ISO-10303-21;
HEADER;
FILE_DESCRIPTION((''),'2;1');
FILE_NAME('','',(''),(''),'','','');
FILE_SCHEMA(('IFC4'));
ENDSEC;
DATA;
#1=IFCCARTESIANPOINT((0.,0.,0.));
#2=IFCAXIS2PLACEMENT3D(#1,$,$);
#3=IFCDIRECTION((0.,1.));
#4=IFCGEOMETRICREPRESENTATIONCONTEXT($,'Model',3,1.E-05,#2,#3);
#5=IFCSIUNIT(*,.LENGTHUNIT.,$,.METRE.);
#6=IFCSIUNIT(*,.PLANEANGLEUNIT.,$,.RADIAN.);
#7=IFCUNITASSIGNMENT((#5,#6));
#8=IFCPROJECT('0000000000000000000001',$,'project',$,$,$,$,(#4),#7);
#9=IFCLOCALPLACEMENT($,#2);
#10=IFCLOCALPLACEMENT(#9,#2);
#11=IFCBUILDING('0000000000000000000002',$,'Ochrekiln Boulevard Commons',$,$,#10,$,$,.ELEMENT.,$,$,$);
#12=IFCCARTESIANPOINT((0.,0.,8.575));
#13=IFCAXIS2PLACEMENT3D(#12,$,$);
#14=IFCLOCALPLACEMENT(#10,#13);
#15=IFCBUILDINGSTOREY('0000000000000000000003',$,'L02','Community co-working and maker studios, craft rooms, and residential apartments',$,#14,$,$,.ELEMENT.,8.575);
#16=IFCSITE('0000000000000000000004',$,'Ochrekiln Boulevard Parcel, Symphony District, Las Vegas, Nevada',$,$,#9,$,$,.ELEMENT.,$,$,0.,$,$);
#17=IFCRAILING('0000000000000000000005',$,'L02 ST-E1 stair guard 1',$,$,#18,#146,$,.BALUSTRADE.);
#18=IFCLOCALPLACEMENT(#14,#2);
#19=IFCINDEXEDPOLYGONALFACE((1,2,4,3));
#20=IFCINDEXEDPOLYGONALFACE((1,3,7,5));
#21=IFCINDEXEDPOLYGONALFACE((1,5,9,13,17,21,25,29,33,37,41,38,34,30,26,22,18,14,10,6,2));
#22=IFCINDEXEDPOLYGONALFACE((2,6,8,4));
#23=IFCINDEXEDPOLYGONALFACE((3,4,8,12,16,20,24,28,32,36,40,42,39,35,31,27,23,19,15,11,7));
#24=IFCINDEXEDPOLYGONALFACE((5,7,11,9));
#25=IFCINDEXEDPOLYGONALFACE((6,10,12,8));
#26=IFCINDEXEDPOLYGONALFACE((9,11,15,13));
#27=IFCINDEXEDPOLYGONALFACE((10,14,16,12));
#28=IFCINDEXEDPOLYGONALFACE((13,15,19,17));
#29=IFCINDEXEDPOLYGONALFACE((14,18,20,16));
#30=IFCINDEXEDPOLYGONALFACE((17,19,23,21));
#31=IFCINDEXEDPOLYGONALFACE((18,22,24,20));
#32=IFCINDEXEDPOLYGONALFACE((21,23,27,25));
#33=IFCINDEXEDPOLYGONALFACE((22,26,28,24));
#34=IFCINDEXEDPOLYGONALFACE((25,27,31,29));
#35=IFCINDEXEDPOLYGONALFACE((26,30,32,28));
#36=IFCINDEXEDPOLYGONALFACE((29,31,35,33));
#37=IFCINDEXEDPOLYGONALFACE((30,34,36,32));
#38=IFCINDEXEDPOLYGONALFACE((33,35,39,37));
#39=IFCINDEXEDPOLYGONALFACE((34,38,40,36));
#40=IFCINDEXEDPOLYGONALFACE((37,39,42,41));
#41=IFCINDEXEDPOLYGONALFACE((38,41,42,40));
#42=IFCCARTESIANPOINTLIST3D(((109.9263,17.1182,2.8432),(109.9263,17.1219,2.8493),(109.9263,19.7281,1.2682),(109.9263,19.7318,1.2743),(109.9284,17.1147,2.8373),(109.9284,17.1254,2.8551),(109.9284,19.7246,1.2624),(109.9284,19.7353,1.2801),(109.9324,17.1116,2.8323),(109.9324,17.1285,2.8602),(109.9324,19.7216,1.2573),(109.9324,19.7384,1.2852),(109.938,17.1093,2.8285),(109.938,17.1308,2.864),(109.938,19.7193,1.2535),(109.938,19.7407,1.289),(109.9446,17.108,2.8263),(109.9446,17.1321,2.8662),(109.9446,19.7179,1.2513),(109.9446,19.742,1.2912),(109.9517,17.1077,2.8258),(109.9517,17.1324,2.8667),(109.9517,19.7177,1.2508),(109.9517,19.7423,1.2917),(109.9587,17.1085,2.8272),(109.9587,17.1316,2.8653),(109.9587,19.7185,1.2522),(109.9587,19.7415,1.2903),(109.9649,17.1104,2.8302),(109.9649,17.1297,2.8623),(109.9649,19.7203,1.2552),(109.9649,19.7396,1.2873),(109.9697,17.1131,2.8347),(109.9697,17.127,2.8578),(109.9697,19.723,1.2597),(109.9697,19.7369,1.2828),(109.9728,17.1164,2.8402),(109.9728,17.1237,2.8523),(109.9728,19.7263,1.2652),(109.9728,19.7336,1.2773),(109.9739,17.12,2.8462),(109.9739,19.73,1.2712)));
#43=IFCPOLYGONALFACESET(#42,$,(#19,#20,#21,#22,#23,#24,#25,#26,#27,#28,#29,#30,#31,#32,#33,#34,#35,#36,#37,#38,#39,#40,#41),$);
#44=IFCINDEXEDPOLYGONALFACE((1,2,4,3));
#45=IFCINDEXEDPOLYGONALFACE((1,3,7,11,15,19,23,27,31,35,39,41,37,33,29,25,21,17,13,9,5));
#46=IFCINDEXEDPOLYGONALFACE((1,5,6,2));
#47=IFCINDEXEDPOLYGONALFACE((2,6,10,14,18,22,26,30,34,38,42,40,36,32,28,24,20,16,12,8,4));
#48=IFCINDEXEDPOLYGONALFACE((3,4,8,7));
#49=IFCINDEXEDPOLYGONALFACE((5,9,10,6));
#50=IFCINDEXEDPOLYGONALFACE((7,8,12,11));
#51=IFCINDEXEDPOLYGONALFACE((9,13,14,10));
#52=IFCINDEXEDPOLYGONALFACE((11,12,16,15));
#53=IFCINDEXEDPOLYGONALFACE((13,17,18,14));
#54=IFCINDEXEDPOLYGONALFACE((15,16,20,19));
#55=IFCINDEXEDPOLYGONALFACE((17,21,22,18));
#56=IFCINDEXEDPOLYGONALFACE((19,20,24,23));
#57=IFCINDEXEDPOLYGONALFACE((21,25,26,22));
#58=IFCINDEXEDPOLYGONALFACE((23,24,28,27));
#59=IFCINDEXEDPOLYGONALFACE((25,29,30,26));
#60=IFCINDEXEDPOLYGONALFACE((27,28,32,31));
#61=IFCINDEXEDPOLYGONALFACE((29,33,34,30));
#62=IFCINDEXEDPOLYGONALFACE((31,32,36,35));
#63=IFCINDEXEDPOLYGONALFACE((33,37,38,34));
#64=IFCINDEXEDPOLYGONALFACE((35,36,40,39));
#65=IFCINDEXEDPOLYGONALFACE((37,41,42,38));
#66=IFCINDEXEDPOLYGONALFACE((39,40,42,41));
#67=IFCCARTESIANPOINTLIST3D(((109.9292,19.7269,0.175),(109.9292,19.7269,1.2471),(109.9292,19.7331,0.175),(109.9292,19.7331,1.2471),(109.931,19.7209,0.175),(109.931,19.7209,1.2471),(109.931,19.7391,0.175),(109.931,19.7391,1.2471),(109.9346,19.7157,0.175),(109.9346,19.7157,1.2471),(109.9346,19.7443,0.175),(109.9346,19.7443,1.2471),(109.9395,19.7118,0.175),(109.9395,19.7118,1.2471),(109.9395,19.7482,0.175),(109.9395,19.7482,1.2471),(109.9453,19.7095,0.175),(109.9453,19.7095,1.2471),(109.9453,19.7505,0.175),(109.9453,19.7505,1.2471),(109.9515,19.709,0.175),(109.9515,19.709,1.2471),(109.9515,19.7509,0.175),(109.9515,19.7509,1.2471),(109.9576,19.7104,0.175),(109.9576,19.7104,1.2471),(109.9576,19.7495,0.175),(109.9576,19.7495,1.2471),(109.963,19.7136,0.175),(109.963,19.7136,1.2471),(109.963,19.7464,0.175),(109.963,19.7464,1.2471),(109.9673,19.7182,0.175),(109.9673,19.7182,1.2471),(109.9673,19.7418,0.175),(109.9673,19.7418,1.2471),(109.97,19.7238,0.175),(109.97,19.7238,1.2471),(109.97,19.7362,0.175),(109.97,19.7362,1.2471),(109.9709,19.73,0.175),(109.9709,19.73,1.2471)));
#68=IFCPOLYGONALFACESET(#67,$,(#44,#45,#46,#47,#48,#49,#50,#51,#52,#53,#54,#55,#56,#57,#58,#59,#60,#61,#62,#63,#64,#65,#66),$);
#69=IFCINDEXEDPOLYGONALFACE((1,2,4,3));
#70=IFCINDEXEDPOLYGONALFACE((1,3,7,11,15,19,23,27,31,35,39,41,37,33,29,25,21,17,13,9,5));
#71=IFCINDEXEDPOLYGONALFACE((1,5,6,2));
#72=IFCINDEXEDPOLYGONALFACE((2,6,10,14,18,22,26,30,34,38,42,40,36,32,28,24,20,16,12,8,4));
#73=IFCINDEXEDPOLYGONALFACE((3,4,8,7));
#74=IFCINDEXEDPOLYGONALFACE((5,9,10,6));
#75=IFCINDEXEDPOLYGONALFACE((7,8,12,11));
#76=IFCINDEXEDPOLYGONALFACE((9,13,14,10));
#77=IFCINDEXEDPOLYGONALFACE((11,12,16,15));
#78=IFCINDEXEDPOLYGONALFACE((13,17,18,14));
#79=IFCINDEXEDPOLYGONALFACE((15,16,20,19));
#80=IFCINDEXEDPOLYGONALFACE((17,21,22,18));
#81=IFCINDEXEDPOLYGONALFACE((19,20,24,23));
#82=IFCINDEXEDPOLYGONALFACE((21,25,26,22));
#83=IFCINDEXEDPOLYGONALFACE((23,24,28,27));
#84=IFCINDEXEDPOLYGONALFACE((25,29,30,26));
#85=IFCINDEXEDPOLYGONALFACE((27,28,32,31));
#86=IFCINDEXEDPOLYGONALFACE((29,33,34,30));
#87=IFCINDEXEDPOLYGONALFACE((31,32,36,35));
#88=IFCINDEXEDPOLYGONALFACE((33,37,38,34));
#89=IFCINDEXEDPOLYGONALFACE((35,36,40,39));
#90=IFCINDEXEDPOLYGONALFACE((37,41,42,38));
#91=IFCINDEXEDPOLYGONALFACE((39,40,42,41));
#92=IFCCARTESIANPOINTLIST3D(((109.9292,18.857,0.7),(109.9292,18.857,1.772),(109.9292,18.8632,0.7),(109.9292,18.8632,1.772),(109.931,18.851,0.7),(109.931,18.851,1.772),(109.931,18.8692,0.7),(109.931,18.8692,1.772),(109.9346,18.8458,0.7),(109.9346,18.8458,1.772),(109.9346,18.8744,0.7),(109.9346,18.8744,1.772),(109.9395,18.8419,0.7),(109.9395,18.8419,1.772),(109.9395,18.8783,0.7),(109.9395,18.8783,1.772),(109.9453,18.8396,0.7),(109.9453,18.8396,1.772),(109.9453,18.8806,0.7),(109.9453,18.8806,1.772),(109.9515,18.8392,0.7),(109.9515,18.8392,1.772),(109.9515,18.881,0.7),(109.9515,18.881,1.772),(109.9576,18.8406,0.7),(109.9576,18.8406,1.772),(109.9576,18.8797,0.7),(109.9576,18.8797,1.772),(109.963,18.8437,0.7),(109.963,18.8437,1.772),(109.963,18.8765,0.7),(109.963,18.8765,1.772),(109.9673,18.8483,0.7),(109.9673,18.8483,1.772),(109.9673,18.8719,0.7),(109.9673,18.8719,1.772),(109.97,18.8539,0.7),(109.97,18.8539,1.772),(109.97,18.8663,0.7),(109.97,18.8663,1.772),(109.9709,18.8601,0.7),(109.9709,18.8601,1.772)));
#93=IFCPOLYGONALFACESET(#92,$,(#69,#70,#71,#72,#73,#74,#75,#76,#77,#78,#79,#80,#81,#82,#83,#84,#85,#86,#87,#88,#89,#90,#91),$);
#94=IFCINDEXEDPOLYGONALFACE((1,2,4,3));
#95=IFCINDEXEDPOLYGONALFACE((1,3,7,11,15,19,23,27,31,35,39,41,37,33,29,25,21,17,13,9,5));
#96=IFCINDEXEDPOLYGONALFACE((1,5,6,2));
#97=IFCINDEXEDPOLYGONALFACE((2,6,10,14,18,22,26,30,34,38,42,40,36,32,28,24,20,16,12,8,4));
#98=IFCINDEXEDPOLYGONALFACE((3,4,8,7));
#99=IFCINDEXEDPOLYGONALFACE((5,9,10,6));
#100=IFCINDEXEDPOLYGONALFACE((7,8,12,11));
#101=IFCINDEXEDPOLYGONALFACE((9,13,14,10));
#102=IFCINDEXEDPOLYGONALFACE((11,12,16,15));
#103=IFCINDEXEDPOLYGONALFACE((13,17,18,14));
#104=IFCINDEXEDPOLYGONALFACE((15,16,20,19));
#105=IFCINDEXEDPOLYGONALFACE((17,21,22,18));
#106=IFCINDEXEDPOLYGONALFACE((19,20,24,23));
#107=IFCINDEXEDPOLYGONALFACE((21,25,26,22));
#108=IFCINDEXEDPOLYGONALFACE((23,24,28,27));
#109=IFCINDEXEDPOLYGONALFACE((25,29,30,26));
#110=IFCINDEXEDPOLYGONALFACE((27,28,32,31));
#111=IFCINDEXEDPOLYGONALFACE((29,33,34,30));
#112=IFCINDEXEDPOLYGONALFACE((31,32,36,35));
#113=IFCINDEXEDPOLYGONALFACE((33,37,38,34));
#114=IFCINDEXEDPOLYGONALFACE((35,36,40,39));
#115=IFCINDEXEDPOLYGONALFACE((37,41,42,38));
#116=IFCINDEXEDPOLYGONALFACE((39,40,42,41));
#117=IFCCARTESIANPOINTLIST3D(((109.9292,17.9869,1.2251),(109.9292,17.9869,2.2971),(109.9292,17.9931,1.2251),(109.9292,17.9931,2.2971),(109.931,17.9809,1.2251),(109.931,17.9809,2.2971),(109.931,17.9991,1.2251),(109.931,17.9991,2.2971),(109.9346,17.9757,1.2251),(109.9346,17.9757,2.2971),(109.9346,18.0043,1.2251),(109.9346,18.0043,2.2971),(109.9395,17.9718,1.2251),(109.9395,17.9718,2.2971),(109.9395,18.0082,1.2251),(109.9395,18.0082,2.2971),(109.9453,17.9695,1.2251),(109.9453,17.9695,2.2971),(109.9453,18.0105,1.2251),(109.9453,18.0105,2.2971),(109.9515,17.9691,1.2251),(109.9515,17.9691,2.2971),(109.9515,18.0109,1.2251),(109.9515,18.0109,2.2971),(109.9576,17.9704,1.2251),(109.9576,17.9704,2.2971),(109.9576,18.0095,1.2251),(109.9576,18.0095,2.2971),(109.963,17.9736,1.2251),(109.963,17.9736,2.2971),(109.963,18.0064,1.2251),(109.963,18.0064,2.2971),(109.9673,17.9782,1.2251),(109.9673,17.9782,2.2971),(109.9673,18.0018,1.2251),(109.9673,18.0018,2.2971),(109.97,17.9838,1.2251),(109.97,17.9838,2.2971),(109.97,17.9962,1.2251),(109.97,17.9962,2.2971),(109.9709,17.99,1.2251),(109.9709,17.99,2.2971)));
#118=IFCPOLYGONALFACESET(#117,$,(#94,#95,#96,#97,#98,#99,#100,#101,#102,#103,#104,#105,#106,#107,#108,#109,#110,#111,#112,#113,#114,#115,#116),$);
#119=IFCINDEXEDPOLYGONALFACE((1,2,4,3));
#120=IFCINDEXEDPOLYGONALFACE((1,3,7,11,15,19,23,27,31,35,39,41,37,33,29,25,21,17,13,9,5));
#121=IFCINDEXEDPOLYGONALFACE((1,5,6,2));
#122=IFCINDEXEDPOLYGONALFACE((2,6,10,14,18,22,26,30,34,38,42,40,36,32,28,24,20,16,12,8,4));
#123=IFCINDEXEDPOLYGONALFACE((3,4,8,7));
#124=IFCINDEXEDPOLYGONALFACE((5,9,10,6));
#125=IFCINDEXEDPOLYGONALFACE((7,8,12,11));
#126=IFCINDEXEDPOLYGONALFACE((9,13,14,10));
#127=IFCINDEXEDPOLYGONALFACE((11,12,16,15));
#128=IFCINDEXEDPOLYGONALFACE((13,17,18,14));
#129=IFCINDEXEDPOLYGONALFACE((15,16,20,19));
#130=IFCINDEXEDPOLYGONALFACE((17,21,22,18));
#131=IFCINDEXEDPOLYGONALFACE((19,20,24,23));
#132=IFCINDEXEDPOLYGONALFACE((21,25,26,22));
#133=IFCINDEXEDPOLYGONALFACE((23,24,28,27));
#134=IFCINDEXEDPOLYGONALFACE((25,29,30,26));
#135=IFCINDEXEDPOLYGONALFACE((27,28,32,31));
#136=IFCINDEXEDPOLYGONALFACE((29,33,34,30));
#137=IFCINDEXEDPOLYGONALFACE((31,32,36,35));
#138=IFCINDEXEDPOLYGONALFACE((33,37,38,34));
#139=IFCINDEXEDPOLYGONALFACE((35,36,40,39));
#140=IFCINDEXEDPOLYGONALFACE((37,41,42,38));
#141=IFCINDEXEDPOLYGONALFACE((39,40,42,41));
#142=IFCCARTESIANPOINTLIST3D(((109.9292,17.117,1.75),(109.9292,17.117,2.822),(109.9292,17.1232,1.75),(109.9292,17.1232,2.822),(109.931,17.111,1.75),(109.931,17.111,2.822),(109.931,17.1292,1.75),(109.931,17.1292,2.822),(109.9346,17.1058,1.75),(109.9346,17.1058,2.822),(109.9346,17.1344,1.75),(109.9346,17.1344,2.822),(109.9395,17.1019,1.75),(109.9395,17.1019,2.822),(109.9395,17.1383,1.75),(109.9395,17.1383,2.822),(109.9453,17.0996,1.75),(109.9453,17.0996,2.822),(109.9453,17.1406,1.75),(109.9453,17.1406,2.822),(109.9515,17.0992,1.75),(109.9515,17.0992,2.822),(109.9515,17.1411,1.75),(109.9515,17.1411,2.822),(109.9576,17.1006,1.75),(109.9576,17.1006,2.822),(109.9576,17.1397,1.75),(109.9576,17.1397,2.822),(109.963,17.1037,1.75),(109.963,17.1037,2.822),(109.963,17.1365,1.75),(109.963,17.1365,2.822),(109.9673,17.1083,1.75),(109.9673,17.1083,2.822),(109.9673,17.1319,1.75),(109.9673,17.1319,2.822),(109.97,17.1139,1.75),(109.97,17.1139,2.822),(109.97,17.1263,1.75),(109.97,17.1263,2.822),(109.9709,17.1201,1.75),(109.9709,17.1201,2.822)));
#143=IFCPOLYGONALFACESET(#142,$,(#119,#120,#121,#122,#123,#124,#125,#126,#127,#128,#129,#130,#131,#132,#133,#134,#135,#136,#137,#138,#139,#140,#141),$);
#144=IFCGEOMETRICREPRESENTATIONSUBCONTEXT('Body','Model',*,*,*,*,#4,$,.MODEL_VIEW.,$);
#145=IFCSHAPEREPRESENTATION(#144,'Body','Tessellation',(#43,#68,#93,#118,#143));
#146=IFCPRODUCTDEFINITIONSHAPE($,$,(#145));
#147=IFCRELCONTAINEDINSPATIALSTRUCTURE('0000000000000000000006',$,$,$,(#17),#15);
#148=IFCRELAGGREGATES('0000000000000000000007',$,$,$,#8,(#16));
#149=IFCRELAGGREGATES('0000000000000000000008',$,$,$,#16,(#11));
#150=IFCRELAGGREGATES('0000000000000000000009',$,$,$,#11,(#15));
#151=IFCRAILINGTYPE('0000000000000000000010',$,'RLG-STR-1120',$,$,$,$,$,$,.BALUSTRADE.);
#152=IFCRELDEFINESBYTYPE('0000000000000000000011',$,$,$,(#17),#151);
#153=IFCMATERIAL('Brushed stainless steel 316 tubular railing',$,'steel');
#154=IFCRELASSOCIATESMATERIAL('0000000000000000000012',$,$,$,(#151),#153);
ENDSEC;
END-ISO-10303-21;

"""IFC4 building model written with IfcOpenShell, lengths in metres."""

from ifc_helpers import new_model, si_unit, direction, frame, origin, origin_2d, place, context, subcontext, project, spatial, circle, extrude, material, type_object, element, save


model = new_model("IFC4")

# Units and contexts
model_context = context("Model", 3, precision=1e-05, world=origin(), true_north=direction((0.0, 1.0)))
body_context = subcontext(model_context, "Body", "Model", "MODEL_VIEW")
ifc_project = project(units=[si_unit("LENGTHUNIT", "METRE"), si_unit("PLANEANGLEUNIT", "RADIAN")], contexts=[model_context])

# Site, building, storey
site_placement = place(None, origin())
site = spatial("IfcSite", under=ifc_project, at=site_placement, Name="Ochrekiln Boulevard Parcel, Symphony District, Las Vegas, Nevada", CompositionType="ELEMENT", RefElevation=0.0)
building_placement = place(site_placement, origin())
building = spatial("IfcBuilding", under=site, at=building_placement, Name="Ochrekiln Boulevard Commons", CompositionType="ELEMENT")
storey_placement = place(building_placement, frame((0.0, 0.0, 8.575)))
storey = spatial("IfcBuildingStorey", under=building, at=storey_placement, Name="L02", Description="Community co-working and maker studios, craft rooms, and residential apartments", CompositionType="ELEMENT", Elevation=8.575)

# Railing
ifc_material_1 = material(Name="Brushed stainless steel 316 tubular railing", Category="steel")
railing_type_1 = type_object("IfcRailingType", Name="RLG-STR-1120", PredefinedType="BALUSTRADE", material=ifc_material_1)
railing_1_placement = place(storey_placement, frame((109.95, 19.73, 0.175)))
element("IfcRailing", 1, at=railing_1_placement, inside=storey, type_object=railing_type_1, Name="L02 ST-E1 stair guard 1", PredefinedType="BALUSTRADE", context=body_context, shape_type="SweptSolid", body=[
    extrude(circle(Radius=0.0239, at=origin_2d()), frame((0.0, 0.0, 1.0962), z_axis=(0.0, -0.856183, 0.516673), x_axis=(1.0, 0.0, 0.0)), (0.0, 0.0, 1.0), 3.0483),
    extrude(circle(Radius=0.021, at=origin_2d()), origin(), (0.0, 0.0, 1.0), 1.072),
    extrude(circle(Radius=0.021, at=origin_2d()), frame((0.0, -0.8699, 0.5249)), (0.0, 0.0, 1.0), 1.072),
    extrude(circle(Radius=0.021, at=origin_2d()), frame((0.0, -1.74, 1.05)), (0.0, 0.0, 1.0), 1.072),
    extrude(circle(Radius=0.021, at=origin_2d()), frame((0.0, -2.6099, 1.575)), (0.0, 0.0, 1.0), 1.072),
])

save(model, "model.ifc")
